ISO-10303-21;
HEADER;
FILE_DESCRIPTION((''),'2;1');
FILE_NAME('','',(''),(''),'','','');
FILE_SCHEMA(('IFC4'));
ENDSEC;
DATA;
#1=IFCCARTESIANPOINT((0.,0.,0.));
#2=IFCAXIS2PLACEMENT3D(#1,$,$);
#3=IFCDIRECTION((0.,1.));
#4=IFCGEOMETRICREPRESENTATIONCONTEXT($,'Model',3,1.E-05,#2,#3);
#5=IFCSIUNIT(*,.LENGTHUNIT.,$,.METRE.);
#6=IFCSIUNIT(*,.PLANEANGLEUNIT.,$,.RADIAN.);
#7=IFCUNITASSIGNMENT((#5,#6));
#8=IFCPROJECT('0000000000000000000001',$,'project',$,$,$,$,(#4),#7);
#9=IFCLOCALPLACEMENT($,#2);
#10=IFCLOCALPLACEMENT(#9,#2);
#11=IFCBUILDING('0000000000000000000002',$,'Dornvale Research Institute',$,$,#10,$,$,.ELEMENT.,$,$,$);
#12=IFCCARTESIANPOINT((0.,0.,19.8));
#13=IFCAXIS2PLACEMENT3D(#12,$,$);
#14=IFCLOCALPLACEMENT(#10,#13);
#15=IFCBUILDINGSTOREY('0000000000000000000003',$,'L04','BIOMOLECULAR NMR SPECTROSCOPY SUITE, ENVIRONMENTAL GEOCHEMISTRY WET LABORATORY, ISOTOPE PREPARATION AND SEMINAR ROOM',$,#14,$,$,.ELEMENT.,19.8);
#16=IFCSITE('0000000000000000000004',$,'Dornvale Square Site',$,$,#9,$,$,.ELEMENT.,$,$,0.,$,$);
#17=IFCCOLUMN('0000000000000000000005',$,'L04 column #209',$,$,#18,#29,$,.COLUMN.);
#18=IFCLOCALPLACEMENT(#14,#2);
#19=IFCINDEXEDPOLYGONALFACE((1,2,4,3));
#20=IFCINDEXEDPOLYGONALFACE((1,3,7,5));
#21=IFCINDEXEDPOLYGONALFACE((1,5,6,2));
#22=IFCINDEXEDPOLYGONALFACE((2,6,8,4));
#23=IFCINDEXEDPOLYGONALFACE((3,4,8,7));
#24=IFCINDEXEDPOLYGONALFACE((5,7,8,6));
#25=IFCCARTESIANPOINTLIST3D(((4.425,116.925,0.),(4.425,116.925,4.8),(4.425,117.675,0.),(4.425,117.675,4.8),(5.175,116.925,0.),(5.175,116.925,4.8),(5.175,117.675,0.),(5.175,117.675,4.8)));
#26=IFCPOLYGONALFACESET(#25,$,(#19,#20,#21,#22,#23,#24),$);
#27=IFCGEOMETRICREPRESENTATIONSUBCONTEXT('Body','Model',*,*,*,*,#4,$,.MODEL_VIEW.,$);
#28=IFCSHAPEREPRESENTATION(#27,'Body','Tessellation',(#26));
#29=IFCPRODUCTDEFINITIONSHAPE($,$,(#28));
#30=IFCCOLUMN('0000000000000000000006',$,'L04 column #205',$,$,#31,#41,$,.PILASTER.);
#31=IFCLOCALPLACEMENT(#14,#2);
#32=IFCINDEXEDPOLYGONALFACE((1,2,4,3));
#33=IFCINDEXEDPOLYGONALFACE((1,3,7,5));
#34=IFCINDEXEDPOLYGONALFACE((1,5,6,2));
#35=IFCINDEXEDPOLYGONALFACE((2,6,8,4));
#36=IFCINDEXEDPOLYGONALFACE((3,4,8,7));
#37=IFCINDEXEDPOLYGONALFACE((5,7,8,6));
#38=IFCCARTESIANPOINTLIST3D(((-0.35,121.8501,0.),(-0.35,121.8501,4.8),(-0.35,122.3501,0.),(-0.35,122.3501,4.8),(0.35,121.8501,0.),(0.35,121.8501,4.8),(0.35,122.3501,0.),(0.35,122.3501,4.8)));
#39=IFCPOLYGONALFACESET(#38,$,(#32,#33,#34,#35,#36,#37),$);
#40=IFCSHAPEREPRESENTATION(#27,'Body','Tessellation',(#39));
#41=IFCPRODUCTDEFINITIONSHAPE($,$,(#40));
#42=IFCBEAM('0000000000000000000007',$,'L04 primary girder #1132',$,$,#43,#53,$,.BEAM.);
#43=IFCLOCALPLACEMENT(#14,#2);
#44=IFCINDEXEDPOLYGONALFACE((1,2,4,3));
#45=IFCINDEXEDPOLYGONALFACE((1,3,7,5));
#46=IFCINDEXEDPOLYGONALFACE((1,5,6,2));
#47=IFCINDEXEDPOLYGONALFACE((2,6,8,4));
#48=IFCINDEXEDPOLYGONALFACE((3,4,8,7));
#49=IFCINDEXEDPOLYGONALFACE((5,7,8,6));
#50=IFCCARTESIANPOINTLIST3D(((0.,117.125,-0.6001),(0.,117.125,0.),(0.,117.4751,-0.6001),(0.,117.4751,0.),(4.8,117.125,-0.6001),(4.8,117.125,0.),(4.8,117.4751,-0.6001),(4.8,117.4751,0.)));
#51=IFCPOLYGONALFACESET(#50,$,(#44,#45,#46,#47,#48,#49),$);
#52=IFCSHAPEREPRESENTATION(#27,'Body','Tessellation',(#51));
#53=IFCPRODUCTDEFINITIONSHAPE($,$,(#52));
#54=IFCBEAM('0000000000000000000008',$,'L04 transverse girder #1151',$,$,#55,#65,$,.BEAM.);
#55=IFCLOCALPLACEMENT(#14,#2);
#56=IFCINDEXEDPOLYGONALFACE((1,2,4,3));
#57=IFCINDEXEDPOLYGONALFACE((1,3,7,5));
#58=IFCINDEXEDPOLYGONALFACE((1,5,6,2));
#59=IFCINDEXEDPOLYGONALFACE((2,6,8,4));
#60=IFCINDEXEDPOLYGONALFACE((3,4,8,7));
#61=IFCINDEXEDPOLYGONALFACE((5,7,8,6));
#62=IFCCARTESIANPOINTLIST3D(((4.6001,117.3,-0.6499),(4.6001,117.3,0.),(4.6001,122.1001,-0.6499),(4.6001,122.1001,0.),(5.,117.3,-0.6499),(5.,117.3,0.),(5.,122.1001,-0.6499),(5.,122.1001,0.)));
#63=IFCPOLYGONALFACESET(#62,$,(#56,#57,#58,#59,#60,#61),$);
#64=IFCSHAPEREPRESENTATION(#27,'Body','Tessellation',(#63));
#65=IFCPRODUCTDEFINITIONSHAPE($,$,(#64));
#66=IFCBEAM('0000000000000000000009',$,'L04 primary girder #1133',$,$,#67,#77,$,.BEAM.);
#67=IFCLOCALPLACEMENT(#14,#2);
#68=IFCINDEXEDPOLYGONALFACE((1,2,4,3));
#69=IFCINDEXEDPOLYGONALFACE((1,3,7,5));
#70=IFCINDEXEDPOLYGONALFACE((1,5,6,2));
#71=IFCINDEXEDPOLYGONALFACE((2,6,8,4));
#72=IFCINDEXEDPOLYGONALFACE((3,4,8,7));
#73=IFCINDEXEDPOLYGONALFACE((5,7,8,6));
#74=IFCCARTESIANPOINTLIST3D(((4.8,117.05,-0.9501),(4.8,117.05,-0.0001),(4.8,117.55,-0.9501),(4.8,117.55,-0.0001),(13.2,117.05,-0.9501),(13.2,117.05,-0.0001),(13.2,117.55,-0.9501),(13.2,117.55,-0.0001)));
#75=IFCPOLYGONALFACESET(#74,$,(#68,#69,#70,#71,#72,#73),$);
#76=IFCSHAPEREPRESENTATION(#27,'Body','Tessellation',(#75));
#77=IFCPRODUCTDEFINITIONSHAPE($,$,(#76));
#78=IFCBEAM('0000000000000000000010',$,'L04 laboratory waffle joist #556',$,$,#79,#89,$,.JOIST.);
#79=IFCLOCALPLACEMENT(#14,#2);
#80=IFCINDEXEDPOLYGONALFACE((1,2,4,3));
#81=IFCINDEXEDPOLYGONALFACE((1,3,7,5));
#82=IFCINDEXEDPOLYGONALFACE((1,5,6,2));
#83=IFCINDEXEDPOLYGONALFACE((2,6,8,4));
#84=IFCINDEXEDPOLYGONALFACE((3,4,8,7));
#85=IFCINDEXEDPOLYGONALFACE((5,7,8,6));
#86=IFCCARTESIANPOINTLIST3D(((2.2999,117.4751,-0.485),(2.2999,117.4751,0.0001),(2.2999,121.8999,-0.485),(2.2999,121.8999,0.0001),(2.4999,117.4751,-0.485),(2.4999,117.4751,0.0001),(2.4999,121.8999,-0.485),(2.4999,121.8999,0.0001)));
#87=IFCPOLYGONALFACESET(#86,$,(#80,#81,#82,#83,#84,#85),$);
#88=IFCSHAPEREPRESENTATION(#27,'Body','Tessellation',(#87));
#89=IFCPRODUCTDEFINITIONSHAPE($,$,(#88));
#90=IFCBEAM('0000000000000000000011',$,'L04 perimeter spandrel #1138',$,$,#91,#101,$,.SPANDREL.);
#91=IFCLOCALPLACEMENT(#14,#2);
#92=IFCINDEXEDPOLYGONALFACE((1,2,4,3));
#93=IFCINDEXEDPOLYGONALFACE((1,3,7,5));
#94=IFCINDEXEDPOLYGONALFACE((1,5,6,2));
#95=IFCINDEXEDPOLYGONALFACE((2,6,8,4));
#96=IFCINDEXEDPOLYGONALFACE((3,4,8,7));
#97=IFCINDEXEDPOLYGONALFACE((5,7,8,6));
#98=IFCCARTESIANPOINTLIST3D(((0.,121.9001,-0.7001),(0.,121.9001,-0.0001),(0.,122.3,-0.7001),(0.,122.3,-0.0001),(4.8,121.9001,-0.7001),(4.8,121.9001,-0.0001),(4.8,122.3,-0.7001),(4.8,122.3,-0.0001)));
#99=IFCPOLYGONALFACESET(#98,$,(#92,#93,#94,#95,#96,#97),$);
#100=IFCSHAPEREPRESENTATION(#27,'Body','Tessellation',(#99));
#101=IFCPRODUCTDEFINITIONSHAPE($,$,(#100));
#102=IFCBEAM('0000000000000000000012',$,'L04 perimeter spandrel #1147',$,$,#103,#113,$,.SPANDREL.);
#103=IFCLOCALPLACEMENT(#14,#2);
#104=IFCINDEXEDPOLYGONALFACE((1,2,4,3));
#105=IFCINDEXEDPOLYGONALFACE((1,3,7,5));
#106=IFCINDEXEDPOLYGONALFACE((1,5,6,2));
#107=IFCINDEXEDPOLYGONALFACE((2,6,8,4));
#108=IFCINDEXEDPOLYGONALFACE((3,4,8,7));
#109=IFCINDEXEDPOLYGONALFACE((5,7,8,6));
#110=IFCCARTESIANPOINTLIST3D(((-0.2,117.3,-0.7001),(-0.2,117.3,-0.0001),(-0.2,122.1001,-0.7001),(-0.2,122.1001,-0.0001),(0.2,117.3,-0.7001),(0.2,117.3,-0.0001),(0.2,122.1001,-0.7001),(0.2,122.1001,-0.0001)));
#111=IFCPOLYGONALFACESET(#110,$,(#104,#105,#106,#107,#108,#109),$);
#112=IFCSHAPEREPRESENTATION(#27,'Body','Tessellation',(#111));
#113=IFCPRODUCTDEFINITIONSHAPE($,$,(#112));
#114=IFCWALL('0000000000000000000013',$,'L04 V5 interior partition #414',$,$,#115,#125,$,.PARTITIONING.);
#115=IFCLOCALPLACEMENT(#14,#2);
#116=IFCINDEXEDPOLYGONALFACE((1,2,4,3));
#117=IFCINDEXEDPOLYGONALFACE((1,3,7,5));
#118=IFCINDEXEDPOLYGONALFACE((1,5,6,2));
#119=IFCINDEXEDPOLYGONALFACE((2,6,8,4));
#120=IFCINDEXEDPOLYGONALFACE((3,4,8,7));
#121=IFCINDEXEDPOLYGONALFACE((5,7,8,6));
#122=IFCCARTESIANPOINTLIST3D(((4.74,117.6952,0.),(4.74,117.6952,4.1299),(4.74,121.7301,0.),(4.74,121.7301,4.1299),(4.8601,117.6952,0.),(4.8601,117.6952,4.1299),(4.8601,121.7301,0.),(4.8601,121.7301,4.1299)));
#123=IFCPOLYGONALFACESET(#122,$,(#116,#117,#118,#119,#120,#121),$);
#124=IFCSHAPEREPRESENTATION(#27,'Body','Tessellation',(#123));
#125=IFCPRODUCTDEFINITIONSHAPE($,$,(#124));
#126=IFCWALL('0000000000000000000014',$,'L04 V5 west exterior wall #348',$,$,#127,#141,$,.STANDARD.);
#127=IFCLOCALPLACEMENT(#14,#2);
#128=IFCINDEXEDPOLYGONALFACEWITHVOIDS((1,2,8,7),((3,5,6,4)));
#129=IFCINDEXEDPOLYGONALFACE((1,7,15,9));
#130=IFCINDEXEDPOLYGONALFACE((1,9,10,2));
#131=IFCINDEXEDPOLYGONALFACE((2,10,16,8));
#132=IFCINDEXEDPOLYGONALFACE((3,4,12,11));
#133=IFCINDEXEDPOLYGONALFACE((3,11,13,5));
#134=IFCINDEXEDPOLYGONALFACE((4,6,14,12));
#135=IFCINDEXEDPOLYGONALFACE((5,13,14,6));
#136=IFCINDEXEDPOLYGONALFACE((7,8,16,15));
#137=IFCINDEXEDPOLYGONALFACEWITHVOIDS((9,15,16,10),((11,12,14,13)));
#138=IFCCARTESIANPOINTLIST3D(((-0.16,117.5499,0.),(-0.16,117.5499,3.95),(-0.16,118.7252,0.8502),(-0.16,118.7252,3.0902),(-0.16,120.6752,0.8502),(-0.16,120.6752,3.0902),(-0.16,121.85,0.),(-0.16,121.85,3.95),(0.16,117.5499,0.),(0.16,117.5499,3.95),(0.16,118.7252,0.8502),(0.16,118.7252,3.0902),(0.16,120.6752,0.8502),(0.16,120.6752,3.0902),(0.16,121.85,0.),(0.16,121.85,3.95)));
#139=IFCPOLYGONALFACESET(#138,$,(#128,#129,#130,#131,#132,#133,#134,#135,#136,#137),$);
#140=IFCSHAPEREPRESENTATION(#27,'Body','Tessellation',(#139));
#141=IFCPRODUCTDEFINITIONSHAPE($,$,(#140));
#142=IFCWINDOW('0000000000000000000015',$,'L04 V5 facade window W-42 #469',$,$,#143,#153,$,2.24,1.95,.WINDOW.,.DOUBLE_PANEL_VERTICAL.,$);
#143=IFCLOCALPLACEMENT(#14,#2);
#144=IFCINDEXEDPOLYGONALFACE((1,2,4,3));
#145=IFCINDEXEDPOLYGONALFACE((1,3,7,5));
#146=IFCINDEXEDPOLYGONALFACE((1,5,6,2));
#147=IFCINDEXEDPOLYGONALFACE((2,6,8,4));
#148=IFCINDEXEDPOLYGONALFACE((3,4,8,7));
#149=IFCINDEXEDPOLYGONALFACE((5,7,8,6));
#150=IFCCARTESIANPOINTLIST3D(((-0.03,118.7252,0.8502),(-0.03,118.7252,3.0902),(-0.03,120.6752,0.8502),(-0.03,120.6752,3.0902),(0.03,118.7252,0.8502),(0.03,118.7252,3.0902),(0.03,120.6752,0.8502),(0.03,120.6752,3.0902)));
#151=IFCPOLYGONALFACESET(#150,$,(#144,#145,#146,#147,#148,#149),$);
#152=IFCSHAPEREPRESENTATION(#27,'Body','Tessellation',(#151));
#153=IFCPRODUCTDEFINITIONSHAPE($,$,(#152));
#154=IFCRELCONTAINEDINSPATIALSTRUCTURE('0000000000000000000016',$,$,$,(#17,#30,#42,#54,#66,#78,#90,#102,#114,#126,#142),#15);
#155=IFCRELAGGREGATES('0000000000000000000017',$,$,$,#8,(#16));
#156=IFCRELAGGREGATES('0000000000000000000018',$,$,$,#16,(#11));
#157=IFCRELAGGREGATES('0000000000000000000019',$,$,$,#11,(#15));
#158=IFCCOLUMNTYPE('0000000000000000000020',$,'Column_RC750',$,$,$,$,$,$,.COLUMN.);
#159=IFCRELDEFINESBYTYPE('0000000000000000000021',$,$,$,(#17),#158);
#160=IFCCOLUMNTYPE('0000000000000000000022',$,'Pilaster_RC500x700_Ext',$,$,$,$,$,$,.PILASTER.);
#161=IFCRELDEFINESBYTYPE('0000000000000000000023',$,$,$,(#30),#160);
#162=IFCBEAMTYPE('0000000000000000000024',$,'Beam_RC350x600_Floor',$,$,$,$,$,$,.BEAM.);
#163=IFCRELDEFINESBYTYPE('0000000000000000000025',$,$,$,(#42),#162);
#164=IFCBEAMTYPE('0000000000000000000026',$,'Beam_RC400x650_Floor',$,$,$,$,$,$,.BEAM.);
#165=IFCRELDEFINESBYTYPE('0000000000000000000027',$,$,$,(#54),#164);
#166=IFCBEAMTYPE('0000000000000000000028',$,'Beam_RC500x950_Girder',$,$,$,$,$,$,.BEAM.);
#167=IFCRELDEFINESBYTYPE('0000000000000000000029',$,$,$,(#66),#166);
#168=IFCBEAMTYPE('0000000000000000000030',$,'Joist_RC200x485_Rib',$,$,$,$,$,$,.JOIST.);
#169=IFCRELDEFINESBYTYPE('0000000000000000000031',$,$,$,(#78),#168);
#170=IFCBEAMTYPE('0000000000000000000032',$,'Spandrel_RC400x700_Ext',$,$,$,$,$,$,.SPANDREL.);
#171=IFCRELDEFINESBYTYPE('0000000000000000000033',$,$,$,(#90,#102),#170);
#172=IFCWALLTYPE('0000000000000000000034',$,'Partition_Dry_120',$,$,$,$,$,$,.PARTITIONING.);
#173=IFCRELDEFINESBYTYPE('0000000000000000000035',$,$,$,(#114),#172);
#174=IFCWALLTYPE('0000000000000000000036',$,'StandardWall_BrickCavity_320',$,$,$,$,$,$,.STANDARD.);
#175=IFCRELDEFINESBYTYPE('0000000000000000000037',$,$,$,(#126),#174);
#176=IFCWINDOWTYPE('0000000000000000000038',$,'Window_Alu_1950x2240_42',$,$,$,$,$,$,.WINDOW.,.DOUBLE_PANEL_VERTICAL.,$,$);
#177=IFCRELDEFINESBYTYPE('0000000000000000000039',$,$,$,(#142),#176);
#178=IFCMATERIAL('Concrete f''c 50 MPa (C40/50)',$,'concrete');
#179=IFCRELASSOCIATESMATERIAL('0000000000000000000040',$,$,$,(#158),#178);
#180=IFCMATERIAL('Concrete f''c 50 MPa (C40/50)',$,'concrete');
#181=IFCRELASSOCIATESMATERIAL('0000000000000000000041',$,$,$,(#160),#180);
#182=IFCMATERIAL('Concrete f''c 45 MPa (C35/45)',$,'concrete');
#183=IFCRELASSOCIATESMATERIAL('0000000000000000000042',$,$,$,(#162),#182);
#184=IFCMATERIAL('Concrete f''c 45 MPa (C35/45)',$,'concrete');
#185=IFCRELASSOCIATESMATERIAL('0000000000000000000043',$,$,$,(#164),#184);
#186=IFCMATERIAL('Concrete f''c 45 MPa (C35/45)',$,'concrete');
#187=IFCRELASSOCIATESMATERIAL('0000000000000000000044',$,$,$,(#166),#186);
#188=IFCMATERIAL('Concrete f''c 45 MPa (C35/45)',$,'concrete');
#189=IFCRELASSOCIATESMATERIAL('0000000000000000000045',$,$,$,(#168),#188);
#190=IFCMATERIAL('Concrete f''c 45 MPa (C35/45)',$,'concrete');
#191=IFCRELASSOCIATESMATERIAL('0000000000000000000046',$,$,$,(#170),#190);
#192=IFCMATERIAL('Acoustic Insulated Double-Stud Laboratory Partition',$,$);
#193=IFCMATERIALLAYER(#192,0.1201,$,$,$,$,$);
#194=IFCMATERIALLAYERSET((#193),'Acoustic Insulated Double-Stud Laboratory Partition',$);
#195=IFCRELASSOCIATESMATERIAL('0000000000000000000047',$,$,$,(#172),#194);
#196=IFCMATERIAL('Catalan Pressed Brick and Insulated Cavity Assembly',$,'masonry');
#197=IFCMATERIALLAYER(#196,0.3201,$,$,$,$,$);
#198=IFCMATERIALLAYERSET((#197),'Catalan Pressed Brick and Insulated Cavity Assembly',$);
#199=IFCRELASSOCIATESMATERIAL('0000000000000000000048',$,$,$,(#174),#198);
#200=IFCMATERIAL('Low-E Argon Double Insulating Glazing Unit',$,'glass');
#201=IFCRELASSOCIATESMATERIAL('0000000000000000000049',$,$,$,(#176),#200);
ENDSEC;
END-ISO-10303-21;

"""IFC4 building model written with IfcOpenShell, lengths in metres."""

from ifc_helpers import new_model, si_unit, direction, frame, frame_2d, origin, origin_2d, place, context, subcontext, project, spatial, rectangle, extrude, material, layer, layer_set, material_profile, profile_set, type_object, element, fill, save


model = new_model("IFC4")

# Units and contexts
model_context = context("Model", 3, precision=1e-05, world=origin(), true_north=direction((0.0, 1.0)))
body_context = subcontext(model_context, "Body", "Model", "MODEL_VIEW")
ifc_project = project(units=[si_unit("LENGTHUNIT", "METRE"), si_unit("PLANEANGLEUNIT", "RADIAN")], contexts=[model_context])

# Site, building, storey
site_placement = place(None, origin())
site = spatial("IfcSite", under=ifc_project, at=site_placement, Name="Dornvale Square Site", CompositionType="ELEMENT", RefElevation=0.0)
building_placement = place(site_placement, origin())
building = spatial("IfcBuilding", under=site, at=building_placement, Name="Dornvale Research Institute", CompositionType="ELEMENT")
storey_placement = place(building_placement, frame((0.0, 0.0, 19.8)))
storey = spatial("IfcBuildingStorey", under=building, at=storey_placement, Name="L04", Description="BIOMOLECULAR NMR SPECTROSCOPY SUITE, ENVIRONMENTAL GEOCHEMISTRY WET LABORATORY, ISOTOPE PREPARATION AND SEMINAR ROOM", CompositionType="ELEMENT", Elevation=19.8)

# Columns
ifc_material_1 = material(Name="Concrete f'c 50 MPa (C40/50)", Category="concrete")
ifc_material_profile_1 = material_profile(ifc_material_1, rectangle(XDim=0.75, YDim=0.75, at=origin_2d()), Name="RC 750x750")
ifc_profile_set_1 = profile_set([ifc_material_profile_1], Name="Concrete f'c 50 MPa (C40/50)")
column_type_1 = type_object("IfcColumnType", Name="Column_RC750", PredefinedType="COLUMN", material=ifc_profile_set_1)
column_1_placement = place(storey_placement, frame((4.8, 117.3, 0.0), z_axis=(0.0, 0.0, 1.0), x_axis=(1.0, 0.0, 0.0)))
element("IfcColumn", 1, at=column_1_placement, inside=storey, type_object=column_type_1, Name="L04 column #209", PredefinedType="COLUMN", context=body_context, shape_type="SweptSolid", body=[
    extrude(rectangle(XDim=0.75, YDim=0.75, at=origin_2d()), origin(), (0.0, 0.0, 1.0), 4.8),
])
ifc_material_2 = material(Name="Concrete f'c 50 MPa (C40/50)", Category="concrete")
ifc_material_profile_2 = material_profile(ifc_material_2, rectangle(XDim=0.5, YDim=0.7, at=origin_2d()), Name="RC 500x700")
ifc_profile_set_2 = profile_set([ifc_material_profile_2], Name="Concrete f'c 50 MPa (C40/50)")
column_type_2 = type_object("IfcColumnType", Name="Pilaster_RC500x700_Ext", PredefinedType="PILASTER", material=ifc_profile_set_2)
column_2_placement = place(storey_placement, frame((0.0, 122.1001, 0.0), z_axis=(0.0, 0.0, 1.0), x_axis=(0.0, 1.0, 0.0)))
element("IfcColumn", 2, at=column_2_placement, inside=storey, type_object=column_type_2, Name="L04 column #205", PredefinedType="PILASTER", context=body_context, shape_type="SweptSolid", body=[
    extrude(rectangle(XDim=0.5, YDim=0.7, at=origin_2d()), origin(), (0.0, 0.0, 1.0), 4.8),
])

# Beams
ifc_material_3 = material(Name="Concrete f'c 45 MPa (C35/45)", Category="concrete")
ifc_material_profile_3 = material_profile(ifc_material_3, rectangle(XDim=0.3501, YDim=0.6001, at=origin_2d()), Name="RC 350x600")
ifc_profile_set_3 = profile_set([ifc_material_profile_3], Name="Concrete f'c 45 MPa (C35/45)")
beam_type_1 = type_object("IfcBeamType", Name="Beam_RC350x600_Floor", PredefinedType="BEAM", material=ifc_profile_set_3)
beam_1_placement = place(storey_placement, frame((0.0, 117.3, -0.3), z_axis=(1.0, 0.0, 0.0), x_axis=(0.0, 1.0, 0.0)))
element("IfcBeam", 3, at=beam_1_placement, inside=storey, type_object=beam_type_1, Name="L04 primary girder #1132", PredefinedType="BEAM", context=body_context, shape_type="SweptSolid", body=[
    extrude(rectangle(XDim=0.3501, YDim=0.6001, at=origin_2d()), origin(), (0.0, 0.0, 1.0), 4.8),
])
ifc_material_4 = material(Name="Concrete f'c 45 MPa (C35/45)", Category="concrete")
ifc_material_profile_4 = material_profile(ifc_material_4, rectangle(XDim=0.3999, YDim=0.6499, at=origin_2d()), Name="RC 400x650")
ifc_profile_set_4 = profile_set([ifc_material_profile_4], Name="Concrete f'c 45 MPa (C35/45)")
beam_type_2 = type_object("IfcBeamType", Name="Beam_RC400x650_Floor", PredefinedType="BEAM", material=ifc_profile_set_4)
beam_2_placement = place(storey_placement, frame((4.8, 117.3, -0.325), z_axis=(0.0, 1.0, 0.0), x_axis=(-1.0, 0.0, 0.0)))
element("IfcBeam", 4, at=beam_2_placement, inside=storey, type_object=beam_type_2, Name="L04 transverse girder #1151", PredefinedType="BEAM", context=body_context, shape_type="SweptSolid", body=[
    extrude(rectangle(XDim=0.3999, YDim=0.6499, at=origin_2d()), origin(), (0.0, 0.0, 1.0), 4.8),
])
ifc_material_5 = material(Name="Concrete f'c 45 MPa (C35/45)", Category="concrete")
ifc_material_profile_5 = material_profile(ifc_material_5, rectangle(XDim=0.5, YDim=0.95, at=origin_2d()), Name="RC 500x950")
ifc_profile_set_5 = profile_set([ifc_material_profile_5], Name="Concrete f'c 45 MPa (C35/45)")
beam_type_3 = type_object("IfcBeamType", Name="Beam_RC500x950_Girder", PredefinedType="BEAM", material=ifc_profile_set_5)
beam_3_placement = place(storey_placement, frame((4.8, 117.3, -0.4751), z_axis=(1.0, 0.0, 0.0), x_axis=(0.0, 1.0, 0.0)))
element("IfcBeam", 5, at=beam_3_placement, inside=storey, type_object=beam_type_3, Name="L04 primary girder #1133", PredefinedType="BEAM", context=body_context, shape_type="SweptSolid", body=[
    extrude(rectangle(XDim=0.5, YDim=0.95, at=origin_2d()), origin(), (0.0, 0.0, 1.0), 8.3999),
])
ifc_material_6 = material(Name="Concrete f'c 45 MPa (C35/45)", Category="concrete")
ifc_material_profile_6 = material_profile(ifc_material_6, rectangle(XDim=0.2, YDim=0.4851, at=origin_2d()), Name="RC 200x485")
ifc_profile_set_6 = profile_set([ifc_material_profile_6], Name="Concrete f'c 45 MPa (C35/45)")
beam_type_4 = type_object("IfcBeamType", Name="Joist_RC200x485_Rib", PredefinedType="JOIST", material=ifc_profile_set_6)
beam_4_placement = place(storey_placement, frame((2.3999, 117.4751, -0.2424), z_axis=(0.0, 1.0, 0.0), x_axis=(-1.0, 0.0, 0.0)))
element("IfcBeam", 6, at=beam_4_placement, inside=storey, type_object=beam_type_4, Name="L04 laboratory waffle joist #556", PredefinedType="JOIST", context=body_context, shape_type="SweptSolid", body=[
    extrude(rectangle(XDim=0.2, YDim=0.4851, at=origin_2d()), origin(), (0.0, 0.0, 1.0), 4.4248),
])
ifc_material_7 = material(Name="Concrete f'c 45 MPa (C35/45)", Category="concrete")
ifc_material_profile_7 = material_profile(ifc_material_7, rectangle(XDim=0.3999, YDim=0.7, at=origin_2d()), Name="RC 400x700")
ifc_profile_set_7 = profile_set([ifc_material_profile_7], Name="Concrete f'c 45 MPa (C35/45)")
beam_type_5 = type_object("IfcBeamType", Name="Spandrel_RC400x700_Ext", PredefinedType="SPANDREL", material=ifc_profile_set_7)
for number, where, z_axis, x_axis, name in (
    (7, (0.0, 122.1001, -0.3501), (1.0, 0.0, 0.0), (0.0, 1.0, 0.0), "L04 perimeter spandrel #1138"),
    (8, (0.0, 117.3, -0.3501), (0.0, 1.0, 0.0), (-1.0, 0.0, 0.0), "L04 perimeter spandrel #1147"),
):
    element("IfcBeam", number, at=place(storey_placement, frame(where, z_axis=z_axis, x_axis=x_axis)), inside=storey, type_object=beam_type_5, Name=name, PredefinedType="SPANDREL", context=body_context, shape_type="SweptSolid", body=[
        extrude(rectangle(XDim=0.3999, YDim=0.7, at=origin_2d()), origin(), (0.0, 0.0, 1.0), 4.8),
    ])

# Wall
ifc_material_8 = material(Name="Acoustic Insulated Double-Stud Laboratory Partition")
ifc_layer_1 = layer(ifc_material_8, 0.1201)
ifc_layer_set_1 = layer_set([ifc_layer_1], Name="Acoustic Insulated Double-Stud Laboratory Partition")
wall_type_1 = type_object("IfcWallType", Name="Partition_Dry_120", PredefinedType="PARTITIONING", material=ifc_layer_set_1)
wall_1_placement = place(storey_placement, frame((4.8, 117.6951, 0.0), z_axis=(0.0, 0.0, 1.0), x_axis=(0.0, 1.0, 0.0)))
element("IfcWall", 9, at=wall_1_placement, inside=storey, type_object=wall_type_1, Name="L04 V5 interior partition #414", PredefinedType="PARTITIONING", context=body_context, shape_type="SweptSolid", body=[
    extrude(rectangle(XDim=4.0349, YDim=0.1201, at=frame_2d((2.0176, 0.0))), origin(), (0.0, 0.0, 1.0), 4.1299),
])

# Wall, opening, window
ifc_material_9 = material(Name="Catalan Pressed Brick and Insulated Cavity Assembly", Category="masonry")
ifc_layer_2 = layer(ifc_material_9, 0.3201)
ifc_layer_set_2 = layer_set([ifc_layer_2], Name="Catalan Pressed Brick and Insulated Cavity Assembly")
wall_type_2 = type_object("IfcWallType", Name="StandardWall_BrickCavity_320", PredefinedType="STANDARD", material=ifc_layer_set_2)
wall_2_placement = place(storey_placement, frame((0.0, 117.55, 0.0), z_axis=(0.0, 0.0, 1.0), x_axis=(0.0, 1.0, 0.0)))
wall_2 = element("IfcWall", 10, at=wall_2_placement, inside=storey, type_object=wall_type_2, Name="L04 V5 west exterior wall #348", PredefinedType="STANDARD", context=body_context, shape_type="SweptSolid", body=[
    extrude(rectangle(XDim=4.3, YDim=0.3201, at=frame_2d((2.1499, 0.0))), origin(), (0.0, 0.0, 1.0), 3.95),
])
opening_1_placement = place(wall_2_placement, frame((1.175, 0.0, 0.8501)))
opening_1 = element("IfcOpeningElement", 11, at=opening_1_placement, cuts=wall_2, PredefinedType="OPENING", context=body_context, shape_type="SweptSolid", body=[
    extrude(rectangle(XDim=1.95, YDim=2.24, at=frame_2d((0.9751, 1.1201))), frame((0.0, 0.175, 0.0), z_axis=(0.0, -1.0, 0.0), x_axis=(1.0, 0.0, 0.0)), (0.0, 0.0, 1.0), 0.3501),
])
ifc_material_10 = material(Name="Low-E Argon Double Insulating Glazing Unit", Category="glass")
window_type_1 = type_object("IfcWindowType", Name="Window_Alu_1950x2240_42", PartitioningType="DOUBLE_PANEL_VERTICAL", PredefinedType="WINDOW", material=ifc_material_10)
window_1_placement = place(opening_1_placement, origin())
window_1 = element("IfcWindow", 12, at=window_1_placement, inside=storey, type_object=window_type_1, Name="L04 V5 facade window W-42 #469", OverallHeight=2.24, OverallWidth=1.95, PartitioningType="DOUBLE_PANEL_VERTICAL", PredefinedType="WINDOW", context=body_context, shape_type="SweptSolid", body=[
    extrude(rectangle(XDim=1.95, YDim=2.24, at=frame_2d((0.9751, 1.1201))), frame((0.0, 0.03, 0.0), z_axis=(0.0, -1.0, 0.0), x_axis=(1.0, 0.0, 0.0)), (0.0, 0.0, 1.0), 0.0601),
])
fill(opening_1, window_1)

save(model, "model.ifc")
